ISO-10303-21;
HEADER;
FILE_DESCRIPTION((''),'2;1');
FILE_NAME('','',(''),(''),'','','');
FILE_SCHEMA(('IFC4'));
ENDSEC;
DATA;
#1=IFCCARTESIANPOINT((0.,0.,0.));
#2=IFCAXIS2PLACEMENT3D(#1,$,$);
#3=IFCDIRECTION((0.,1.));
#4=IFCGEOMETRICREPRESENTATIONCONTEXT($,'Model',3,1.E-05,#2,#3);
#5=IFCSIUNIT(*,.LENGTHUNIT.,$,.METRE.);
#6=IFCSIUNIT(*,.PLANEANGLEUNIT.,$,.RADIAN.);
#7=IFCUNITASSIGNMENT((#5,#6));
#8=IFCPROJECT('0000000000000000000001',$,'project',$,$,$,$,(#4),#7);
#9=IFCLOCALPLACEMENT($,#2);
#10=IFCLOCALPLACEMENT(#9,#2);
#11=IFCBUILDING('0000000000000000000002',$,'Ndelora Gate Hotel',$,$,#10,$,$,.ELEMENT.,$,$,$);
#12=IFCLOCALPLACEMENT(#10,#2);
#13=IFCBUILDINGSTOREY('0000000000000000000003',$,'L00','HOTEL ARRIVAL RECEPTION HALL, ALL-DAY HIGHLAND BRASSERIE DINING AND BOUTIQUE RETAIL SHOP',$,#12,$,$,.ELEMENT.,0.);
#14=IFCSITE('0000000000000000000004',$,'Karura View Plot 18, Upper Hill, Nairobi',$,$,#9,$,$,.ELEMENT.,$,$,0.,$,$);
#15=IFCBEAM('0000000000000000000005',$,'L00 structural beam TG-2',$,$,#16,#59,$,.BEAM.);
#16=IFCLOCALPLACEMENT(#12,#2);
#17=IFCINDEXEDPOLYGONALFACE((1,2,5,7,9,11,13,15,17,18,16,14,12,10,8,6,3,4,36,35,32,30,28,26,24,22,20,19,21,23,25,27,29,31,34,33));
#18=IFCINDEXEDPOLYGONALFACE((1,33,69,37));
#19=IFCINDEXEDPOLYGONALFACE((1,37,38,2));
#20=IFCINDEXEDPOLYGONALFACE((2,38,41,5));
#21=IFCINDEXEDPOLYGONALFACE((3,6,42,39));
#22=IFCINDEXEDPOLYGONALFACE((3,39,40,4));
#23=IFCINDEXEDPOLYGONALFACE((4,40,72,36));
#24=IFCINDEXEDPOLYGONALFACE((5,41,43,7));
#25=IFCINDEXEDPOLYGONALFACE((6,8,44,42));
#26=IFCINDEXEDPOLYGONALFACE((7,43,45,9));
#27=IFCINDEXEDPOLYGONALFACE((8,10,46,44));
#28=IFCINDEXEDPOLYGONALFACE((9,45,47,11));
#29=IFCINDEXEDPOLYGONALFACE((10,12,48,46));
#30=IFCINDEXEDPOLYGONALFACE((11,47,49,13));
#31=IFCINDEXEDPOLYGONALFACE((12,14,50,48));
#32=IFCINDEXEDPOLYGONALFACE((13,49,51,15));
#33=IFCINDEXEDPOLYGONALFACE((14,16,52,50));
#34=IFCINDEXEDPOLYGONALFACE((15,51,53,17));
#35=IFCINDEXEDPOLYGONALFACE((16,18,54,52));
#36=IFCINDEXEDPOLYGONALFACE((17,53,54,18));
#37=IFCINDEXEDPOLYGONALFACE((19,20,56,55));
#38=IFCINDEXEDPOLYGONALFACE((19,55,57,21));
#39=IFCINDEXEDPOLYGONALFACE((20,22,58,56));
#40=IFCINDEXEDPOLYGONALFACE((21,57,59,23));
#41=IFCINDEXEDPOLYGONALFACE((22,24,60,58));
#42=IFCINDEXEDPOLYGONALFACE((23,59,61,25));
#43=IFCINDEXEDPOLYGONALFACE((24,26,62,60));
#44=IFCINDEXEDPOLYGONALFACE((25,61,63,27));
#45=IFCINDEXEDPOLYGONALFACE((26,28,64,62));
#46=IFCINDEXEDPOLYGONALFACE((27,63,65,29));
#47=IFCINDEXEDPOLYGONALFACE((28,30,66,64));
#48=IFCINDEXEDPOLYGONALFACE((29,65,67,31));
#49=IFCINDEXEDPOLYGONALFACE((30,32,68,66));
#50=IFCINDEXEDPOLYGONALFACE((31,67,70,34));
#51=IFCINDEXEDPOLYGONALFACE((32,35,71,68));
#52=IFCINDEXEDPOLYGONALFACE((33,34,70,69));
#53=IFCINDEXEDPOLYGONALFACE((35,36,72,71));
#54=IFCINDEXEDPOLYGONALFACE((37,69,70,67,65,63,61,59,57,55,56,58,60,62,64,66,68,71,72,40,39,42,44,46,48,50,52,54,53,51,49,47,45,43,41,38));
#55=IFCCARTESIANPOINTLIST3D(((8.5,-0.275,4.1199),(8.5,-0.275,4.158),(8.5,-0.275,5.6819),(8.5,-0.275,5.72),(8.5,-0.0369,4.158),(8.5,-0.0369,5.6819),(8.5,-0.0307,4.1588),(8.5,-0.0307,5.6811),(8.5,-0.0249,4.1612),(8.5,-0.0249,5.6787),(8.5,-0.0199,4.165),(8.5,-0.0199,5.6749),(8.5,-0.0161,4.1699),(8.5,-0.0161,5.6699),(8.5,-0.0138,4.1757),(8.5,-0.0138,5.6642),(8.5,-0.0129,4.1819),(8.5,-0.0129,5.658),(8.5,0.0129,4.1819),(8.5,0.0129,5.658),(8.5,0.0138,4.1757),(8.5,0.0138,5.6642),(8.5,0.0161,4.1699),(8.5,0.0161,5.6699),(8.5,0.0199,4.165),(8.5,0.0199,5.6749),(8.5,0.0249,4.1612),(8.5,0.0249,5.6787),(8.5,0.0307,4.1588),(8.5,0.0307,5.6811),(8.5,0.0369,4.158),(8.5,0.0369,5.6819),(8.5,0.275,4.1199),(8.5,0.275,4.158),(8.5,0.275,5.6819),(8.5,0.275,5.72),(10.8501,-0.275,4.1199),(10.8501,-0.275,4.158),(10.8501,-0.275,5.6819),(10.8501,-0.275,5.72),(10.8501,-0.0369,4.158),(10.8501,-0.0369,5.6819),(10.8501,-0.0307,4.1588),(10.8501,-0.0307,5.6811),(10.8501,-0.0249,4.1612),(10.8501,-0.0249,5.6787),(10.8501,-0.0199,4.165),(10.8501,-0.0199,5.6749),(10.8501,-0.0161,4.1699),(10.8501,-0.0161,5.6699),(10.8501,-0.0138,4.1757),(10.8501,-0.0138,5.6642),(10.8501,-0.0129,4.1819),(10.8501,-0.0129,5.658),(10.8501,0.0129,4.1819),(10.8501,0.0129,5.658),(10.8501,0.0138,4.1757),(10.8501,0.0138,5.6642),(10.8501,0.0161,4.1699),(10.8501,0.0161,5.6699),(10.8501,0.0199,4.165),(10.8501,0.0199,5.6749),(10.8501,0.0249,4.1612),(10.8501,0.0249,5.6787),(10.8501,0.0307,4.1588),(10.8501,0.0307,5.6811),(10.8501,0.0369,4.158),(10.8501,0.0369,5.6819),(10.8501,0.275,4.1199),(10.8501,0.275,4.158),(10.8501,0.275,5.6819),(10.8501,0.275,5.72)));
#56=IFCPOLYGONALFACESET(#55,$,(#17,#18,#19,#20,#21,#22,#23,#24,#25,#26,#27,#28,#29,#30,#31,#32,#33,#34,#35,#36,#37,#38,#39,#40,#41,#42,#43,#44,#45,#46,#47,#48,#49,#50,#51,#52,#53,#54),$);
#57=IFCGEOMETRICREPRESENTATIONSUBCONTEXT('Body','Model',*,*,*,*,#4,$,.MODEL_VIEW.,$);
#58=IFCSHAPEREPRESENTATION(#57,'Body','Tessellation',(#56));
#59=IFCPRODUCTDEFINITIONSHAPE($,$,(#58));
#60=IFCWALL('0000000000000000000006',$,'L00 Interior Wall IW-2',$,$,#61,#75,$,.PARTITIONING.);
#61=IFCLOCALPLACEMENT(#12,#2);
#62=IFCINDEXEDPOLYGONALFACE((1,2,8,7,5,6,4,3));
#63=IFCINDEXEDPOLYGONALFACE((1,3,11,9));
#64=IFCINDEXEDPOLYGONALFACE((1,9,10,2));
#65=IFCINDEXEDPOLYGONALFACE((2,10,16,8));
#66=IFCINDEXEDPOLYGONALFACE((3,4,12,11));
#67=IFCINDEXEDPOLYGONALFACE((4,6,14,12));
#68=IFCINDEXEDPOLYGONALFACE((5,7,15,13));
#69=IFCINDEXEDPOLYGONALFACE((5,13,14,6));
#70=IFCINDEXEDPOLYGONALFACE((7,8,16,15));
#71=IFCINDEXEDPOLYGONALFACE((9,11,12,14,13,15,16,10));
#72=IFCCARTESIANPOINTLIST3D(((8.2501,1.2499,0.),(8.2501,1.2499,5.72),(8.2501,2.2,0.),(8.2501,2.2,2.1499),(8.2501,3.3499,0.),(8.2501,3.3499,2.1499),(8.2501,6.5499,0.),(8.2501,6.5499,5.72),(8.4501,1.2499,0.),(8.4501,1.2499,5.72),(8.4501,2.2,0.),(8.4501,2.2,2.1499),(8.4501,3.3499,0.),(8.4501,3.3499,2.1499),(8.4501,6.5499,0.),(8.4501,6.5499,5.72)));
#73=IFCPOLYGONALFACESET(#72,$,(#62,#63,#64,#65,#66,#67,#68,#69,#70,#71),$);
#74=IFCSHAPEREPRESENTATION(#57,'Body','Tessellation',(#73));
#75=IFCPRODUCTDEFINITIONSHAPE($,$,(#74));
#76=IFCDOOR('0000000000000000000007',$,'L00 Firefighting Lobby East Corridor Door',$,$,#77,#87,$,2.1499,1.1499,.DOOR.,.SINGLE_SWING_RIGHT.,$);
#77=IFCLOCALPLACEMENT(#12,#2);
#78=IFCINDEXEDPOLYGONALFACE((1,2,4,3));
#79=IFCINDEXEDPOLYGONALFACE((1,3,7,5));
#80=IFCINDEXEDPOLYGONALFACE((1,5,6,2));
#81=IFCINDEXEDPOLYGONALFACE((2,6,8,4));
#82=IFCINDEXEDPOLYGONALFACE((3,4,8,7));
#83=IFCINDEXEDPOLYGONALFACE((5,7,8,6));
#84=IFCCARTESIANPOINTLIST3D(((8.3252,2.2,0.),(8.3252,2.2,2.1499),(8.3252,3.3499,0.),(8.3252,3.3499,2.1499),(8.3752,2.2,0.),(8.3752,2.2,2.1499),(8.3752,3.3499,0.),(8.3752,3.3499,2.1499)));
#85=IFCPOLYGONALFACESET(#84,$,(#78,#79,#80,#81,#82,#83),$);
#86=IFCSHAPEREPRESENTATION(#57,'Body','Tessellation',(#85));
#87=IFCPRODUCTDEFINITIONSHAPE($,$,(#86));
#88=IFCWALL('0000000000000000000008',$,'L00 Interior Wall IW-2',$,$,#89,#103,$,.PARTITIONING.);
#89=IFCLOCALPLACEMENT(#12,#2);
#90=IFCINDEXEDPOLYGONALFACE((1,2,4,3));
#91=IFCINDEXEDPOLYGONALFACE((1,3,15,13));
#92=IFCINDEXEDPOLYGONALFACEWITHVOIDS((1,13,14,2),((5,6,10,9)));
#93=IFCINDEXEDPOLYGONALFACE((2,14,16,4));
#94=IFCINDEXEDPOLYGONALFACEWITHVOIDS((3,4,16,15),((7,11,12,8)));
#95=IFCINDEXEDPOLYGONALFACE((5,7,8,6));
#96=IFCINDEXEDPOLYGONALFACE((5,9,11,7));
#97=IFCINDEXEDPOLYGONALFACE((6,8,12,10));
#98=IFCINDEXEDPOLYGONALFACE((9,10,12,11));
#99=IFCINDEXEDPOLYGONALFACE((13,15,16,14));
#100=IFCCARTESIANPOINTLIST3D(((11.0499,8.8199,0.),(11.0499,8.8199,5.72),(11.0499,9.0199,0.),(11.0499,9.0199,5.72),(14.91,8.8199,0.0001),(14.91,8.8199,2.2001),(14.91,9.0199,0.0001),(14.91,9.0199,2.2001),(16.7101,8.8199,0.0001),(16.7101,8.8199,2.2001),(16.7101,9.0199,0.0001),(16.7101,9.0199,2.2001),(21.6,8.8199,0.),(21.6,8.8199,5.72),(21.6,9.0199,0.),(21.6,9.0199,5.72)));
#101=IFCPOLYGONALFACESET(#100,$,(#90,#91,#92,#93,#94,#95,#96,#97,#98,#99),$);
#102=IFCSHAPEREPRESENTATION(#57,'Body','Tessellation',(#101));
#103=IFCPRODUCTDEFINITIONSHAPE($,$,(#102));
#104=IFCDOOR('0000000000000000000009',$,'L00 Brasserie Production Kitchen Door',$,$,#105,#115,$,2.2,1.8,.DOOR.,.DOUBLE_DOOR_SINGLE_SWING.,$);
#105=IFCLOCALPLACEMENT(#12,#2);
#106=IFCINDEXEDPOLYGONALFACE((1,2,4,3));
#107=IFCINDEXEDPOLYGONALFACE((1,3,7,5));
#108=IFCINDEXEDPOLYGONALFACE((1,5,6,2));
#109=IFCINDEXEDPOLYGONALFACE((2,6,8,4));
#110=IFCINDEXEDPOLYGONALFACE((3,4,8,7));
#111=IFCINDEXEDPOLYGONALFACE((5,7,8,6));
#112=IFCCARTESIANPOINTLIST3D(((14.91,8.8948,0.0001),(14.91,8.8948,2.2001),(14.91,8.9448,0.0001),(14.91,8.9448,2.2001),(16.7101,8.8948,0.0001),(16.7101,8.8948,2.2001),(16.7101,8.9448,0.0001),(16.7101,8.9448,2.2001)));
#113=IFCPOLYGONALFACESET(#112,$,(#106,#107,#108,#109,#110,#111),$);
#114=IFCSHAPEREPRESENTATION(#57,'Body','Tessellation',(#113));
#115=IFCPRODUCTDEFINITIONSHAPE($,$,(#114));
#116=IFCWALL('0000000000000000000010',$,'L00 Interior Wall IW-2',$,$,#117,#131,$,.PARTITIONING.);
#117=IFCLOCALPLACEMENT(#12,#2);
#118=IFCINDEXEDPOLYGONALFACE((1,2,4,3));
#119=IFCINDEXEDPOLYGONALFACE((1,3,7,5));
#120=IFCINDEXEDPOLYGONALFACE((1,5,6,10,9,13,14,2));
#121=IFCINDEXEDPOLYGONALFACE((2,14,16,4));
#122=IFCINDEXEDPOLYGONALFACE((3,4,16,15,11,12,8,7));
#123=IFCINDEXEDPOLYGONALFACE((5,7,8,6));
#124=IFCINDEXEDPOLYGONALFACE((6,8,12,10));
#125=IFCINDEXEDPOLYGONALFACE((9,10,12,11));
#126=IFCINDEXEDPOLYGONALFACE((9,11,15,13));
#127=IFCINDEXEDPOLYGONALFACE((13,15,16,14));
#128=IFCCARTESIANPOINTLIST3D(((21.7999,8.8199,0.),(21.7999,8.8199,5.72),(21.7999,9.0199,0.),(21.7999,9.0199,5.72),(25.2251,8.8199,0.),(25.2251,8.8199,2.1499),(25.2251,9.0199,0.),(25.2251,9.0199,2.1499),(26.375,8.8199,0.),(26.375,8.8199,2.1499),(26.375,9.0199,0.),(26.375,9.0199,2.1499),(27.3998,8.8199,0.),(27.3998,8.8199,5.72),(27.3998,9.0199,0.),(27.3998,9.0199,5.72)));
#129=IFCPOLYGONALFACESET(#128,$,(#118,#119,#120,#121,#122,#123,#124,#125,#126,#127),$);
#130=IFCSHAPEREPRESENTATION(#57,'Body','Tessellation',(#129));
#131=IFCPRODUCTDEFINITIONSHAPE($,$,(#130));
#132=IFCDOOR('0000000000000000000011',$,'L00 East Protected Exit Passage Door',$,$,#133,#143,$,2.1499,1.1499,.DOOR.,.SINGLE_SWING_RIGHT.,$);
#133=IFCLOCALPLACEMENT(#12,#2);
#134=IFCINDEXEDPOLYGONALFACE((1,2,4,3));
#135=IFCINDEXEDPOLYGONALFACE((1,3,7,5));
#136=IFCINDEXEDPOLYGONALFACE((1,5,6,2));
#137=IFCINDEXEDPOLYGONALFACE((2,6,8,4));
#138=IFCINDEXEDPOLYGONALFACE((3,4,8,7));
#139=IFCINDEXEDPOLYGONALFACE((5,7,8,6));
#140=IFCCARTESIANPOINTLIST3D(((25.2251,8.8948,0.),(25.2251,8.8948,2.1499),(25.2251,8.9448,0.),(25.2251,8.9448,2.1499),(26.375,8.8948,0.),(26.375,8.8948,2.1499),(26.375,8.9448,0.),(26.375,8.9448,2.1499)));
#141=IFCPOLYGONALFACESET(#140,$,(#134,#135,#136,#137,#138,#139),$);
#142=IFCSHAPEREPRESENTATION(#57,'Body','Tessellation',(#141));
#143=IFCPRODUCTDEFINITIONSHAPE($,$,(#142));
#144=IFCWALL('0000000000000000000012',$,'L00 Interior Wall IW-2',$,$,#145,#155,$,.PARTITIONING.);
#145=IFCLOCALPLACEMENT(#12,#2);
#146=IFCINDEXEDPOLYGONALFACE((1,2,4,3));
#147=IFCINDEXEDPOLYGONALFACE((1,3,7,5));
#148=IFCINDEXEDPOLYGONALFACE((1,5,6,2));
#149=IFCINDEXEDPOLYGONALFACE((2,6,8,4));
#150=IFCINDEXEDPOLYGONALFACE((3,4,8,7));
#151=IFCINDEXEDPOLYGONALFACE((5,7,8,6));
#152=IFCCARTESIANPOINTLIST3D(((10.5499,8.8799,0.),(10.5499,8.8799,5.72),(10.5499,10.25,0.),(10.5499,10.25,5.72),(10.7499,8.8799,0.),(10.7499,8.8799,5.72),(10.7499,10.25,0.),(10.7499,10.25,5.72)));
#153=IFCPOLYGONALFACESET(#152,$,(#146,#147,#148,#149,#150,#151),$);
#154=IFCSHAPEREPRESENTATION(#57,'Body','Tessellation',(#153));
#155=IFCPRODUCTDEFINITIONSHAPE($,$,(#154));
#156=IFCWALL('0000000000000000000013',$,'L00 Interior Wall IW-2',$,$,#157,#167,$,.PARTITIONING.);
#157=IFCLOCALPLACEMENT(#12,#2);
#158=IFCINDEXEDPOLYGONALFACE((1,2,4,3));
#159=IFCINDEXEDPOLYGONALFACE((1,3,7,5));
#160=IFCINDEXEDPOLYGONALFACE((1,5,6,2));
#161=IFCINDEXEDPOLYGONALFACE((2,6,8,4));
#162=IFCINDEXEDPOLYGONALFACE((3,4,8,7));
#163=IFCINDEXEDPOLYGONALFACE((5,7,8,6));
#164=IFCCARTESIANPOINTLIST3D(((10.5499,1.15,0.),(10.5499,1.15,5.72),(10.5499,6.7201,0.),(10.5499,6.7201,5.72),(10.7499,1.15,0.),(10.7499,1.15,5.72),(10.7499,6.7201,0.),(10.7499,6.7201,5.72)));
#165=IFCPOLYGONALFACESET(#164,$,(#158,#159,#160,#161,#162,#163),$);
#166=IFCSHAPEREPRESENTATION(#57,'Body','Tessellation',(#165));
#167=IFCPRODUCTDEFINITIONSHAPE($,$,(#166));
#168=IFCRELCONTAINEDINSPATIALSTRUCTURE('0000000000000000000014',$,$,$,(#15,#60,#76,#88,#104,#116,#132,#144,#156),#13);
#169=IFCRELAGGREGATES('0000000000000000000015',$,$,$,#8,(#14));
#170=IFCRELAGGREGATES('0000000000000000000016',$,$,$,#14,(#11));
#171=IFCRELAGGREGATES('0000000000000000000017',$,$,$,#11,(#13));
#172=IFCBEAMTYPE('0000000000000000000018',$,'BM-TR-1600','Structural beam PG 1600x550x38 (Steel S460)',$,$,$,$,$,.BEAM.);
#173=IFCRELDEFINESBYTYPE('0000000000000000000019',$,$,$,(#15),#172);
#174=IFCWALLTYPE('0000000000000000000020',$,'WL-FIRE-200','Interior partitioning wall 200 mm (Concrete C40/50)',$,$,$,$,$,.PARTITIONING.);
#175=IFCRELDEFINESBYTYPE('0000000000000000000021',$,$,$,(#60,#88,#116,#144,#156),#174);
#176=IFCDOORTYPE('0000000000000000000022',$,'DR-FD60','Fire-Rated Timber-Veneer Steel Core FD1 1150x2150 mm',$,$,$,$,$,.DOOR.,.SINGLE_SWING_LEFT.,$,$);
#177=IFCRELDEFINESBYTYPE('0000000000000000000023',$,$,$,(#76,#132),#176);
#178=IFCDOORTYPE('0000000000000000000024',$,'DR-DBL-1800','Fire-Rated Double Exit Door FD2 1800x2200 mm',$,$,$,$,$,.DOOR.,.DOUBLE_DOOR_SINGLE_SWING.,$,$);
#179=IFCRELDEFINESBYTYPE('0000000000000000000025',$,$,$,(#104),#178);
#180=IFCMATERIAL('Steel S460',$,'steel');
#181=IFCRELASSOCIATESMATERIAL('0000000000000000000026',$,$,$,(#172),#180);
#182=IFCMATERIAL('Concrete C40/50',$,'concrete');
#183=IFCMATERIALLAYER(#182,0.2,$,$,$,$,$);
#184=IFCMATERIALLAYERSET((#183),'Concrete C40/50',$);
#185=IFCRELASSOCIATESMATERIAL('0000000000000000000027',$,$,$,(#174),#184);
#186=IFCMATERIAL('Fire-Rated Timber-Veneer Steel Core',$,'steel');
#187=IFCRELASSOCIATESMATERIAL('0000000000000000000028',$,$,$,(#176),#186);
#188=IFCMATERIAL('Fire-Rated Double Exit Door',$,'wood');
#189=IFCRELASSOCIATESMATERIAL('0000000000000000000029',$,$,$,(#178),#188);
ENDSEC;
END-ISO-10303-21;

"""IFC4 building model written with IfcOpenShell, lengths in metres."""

from ifc_helpers import new_model, si_unit, direction, frame, frame_2d, origin, origin_2d, place, context, subcontext, project, spatial, rectangle, i_section, extrude, material, layer, layer_set, material_profile, profile_set, type_object, element, fill, save


model = new_model("IFC4")

# Units and contexts
model_context = context("Model", 3, precision=1e-05, world=origin(), true_north=direction((0.0, 1.0)))
body_context = subcontext(model_context, "Body", "Model", "MODEL_VIEW")
ifc_project = project(units=[si_unit("LENGTHUNIT", "METRE"), si_unit("PLANEANGLEUNIT", "RADIAN")], contexts=[model_context])

# Site, building, storey
site_placement = place(None, origin())
site = spatial("IfcSite", under=ifc_project, at=site_placement, Name="Karura View Plot 18, Upper Hill, Nairobi", CompositionType="ELEMENT", RefElevation=0.0)
building_placement = place(site_placement, origin())
building = spatial("IfcBuilding", under=site, at=building_placement, Name="Ndelora Gate Hotel", CompositionType="ELEMENT")
storey_placement = place(building_placement, origin())
storey = spatial("IfcBuildingStorey", under=building, at=storey_placement, Name="L00", Description="HOTEL ARRIVAL RECEPTION HALL, ALL-DAY HIGHLAND BRASSERIE DINING AND BOUTIQUE RETAIL SHOP", CompositionType="ELEMENT", Elevation=0.0)

# Beam
ifc_material_1 = material(Name="Steel S460", Category="steel")
ifc_material_profile_1 = material_profile(ifc_material_1, i_section(OverallWidth=0.55, OverallDepth=1.6001, WebThickness=0.0259, FlangeThickness=0.0381, FilletRadius=0.0239, at=origin_2d()), Name="PG 1600x550x38")
ifc_profile_set_1 = profile_set([ifc_material_profile_1], Name="Steel S460")
beam_type_1 = type_object("IfcBeamType", Name="BM-TR-1600", Description="Structural beam PG 1600x550x38 (Steel S460)", PredefinedType="BEAM", material=ifc_profile_set_1)
beam_1_placement = place(storey_placement, frame((8.5, 0.0, 4.9199), z_axis=(1.0, 0.0, 0.0), x_axis=(0.0, 1.0, 0.0)))
element("IfcBeam", 1, at=beam_1_placement, inside=storey, type_object=beam_type_1, Name="L00 structural beam TG-2", PredefinedType="BEAM", context=body_context, shape_type="SweptSolid", body=[
    extrude(i_section(OverallWidth=0.55, OverallDepth=1.6001, WebThickness=0.0259, FlangeThickness=0.0381, FilletRadius=0.0239, at=origin_2d()), origin(), (0.0, 0.0, 1.0), 2.3501),
])

# Walls, openings, doors
ifc_material_2 = material(Name="Concrete C40/50", Category="concrete")
ifc_layer_1 = layer(ifc_material_2, 0.2)
ifc_layer_set_1 = layer_set([ifc_layer_1], Name="Concrete C40/50")
wall_type_1 = type_object("IfcWallType", Name="WL-FIRE-200", Description="Interior partitioning wall 200 mm (Concrete C40/50)", PredefinedType="PARTITIONING", material=ifc_layer_set_1)
wall_1_placement = place(storey_placement, frame((8.3501, 1.25, 0.0), z_axis=(0.0, 0.0, 1.0), x_axis=(0.0, 1.0, 0.0)))
wall_1 = element("IfcWall", 2, at=wall_1_placement, inside=storey, type_object=wall_type_1, Name="L00 Interior Wall IW-2", PredefinedType="PARTITIONING", context=body_context, shape_type="SweptSolid", body=[
    extrude(rectangle(XDim=5.3, YDim=0.2, at=frame_2d((2.6499, 0.0))), origin(), (0.0, 0.0, 1.0), 5.72),
])
opening_1_placement = place(wall_1_placement, frame((0.95, 0.0, 0.0)))
opening_1 = element("IfcOpeningElement", 3, at=opening_1_placement, cuts=wall_1, PredefinedType="OPENING", context=body_context, shape_type="SweptSolid", body=[
    extrude(rectangle(XDim=1.1499, YDim=2.1499, at=frame_2d((0.575, 1.075))), frame((0.0, 0.1099, 0.0), z_axis=(0.0, -1.0, 0.0), x_axis=(1.0, 0.0, 0.0)), (0.0, 0.0, 1.0), 0.22),
])
ifc_material_3 = material(Name="Fire-Rated Timber-Veneer Steel Core", Category="steel")
door_type_1 = type_object("IfcDoorType", Name="DR-FD60", Description="Fire-Rated Timber-Veneer Steel Core FD1 1150x2150 mm", OperationType="SINGLE_SWING_LEFT", PredefinedType="DOOR", material=ifc_material_3)
door_1_placement = place(opening_1_placement, origin())
door_1 = element("IfcDoor", 4, at=door_1_placement, inside=storey, type_object=door_type_1, Name="L00 Firefighting Lobby East Corridor Door", OperationType="SINGLE_SWING_RIGHT", OverallHeight=2.1499, OverallWidth=1.1499, PredefinedType="DOOR", context=body_context, shape_type="SweptSolid", body=[
    extrude(rectangle(XDim=1.1499, YDim=2.1499, at=frame_2d((0.575, 1.075))), frame((0.0, 0.0249, 0.0), z_axis=(0.0, -1.0, 0.0), x_axis=(1.0, 0.0, 0.0)), (0.0, 0.0, 1.0), 0.05),
])
fill(opening_1, door_1)
wall_2_placement = place(storey_placement, frame((11.05, 8.9199, 0.0), z_axis=(0.0, 0.0, 1.0), x_axis=(1.0, 0.0, 0.0)))
wall_2 = element("IfcWall", 5, at=wall_2_placement, inside=storey, type_object=wall_type_1, Name="L00 Interior Wall IW-2", PredefinedType="PARTITIONING", context=body_context, shape_type="SweptSolid", body=[
    extrude(rectangle(XDim=10.55, YDim=0.2, at=frame_2d((5.2749, 0.0))), origin(), (0.0, 0.0, 1.0), 5.72),
])
opening_2_placement = place(wall_2_placement, frame((3.8601, 0.0, 0.0)))
opening_2 = element("IfcOpeningElement", 6, at=opening_2_placement, cuts=wall_2, PredefinedType="OPENING", context=body_context, shape_type="SweptSolid", body=[
    extrude(rectangle(XDim=1.8, YDim=2.2, at=frame_2d((0.8999, 1.1001))), frame((0.0, 0.1099, 0.0), z_axis=(0.0, -1.0, 0.0), x_axis=(1.0, 0.0, 0.0)), (0.0, 0.0, 1.0), 0.22),
])
ifc_material_4 = material(Name="Fire-Rated Double Exit Door", Category="wood")
door_type_2 = type_object("IfcDoorType", Name="DR-DBL-1800", Description="Fire-Rated Double Exit Door FD2 1800x2200 mm", OperationType="DOUBLE_DOOR_SINGLE_SWING", PredefinedType="DOOR", material=ifc_material_4)
door_2_placement = place(opening_2_placement, origin())
door_2 = element("IfcDoor", 7, at=door_2_placement, inside=storey, type_object=door_type_2, Name="L00 Brasserie Production Kitchen Door", OperationType="DOUBLE_DOOR_SINGLE_SWING", OverallHeight=2.2, OverallWidth=1.8, PredefinedType="DOOR", context=body_context, shape_type="SweptSolid", body=[
    extrude(rectangle(XDim=1.8, YDim=2.2, at=frame_2d((0.8999, 1.1001))), frame((0.0, 0.0249, 0.0), z_axis=(0.0, -1.0, 0.0), x_axis=(1.0, 0.0, 0.0)), (0.0, 0.0, 1.0), 0.05),
])
fill(opening_2, door_2)
wall_3_placement = place(storey_placement, frame((21.8, 8.9199, 0.0), z_axis=(0.0, 0.0, 1.0), x_axis=(1.0, 0.0, 0.0)))
wall_3 = element("IfcWall", 8, at=wall_3_placement, inside=storey, type_object=wall_type_1, Name="L00 Interior Wall IW-2", PredefinedType="PARTITIONING", context=body_context, shape_type="SweptSolid", body=[
    extrude(rectangle(XDim=5.5999, YDim=0.2, at=frame_2d((2.7998, 0.0))), origin(), (0.0, 0.0, 1.0), 5.72),
])
opening_3_placement = place(wall_3_placement, frame((3.425, 0.0, 0.0)))
opening_3 = element("IfcOpeningElement", 9, at=opening_3_placement, cuts=wall_3, PredefinedType="OPENING", context=body_context, shape_type="SweptSolid", body=[
    extrude(rectangle(XDim=1.1499, YDim=2.1499, at=frame_2d((0.575, 1.075))), frame((0.0, 0.1099, 0.0), z_axis=(0.0, -1.0, 0.0), x_axis=(1.0, 0.0, 0.0)), (0.0, 0.0, 1.0), 0.22),
])
door_3_placement = place(opening_3_placement, origin())
door_3 = element("IfcDoor", 10, at=door_3_placement, inside=storey, type_object=door_type_1, Name="L00 East Protected Exit Passage Door", OperationType="SINGLE_SWING_RIGHT", OverallHeight=2.1499, OverallWidth=1.1499, PredefinedType="DOOR", context=body_context, shape_type="SweptSolid", body=[
    extrude(rectangle(XDim=1.1499, YDim=2.1499, at=frame_2d((0.575, 1.075))), frame((0.0, 0.0249, 0.0), z_axis=(0.0, -1.0, 0.0), x_axis=(1.0, 0.0, 0.0)), (0.0, 0.0, 1.0), 0.05),
])
fill(opening_3, door_3)

# Walls
wall_4_placement = place(storey_placement, frame((10.6499, 8.8799, 0.0), z_axis=(0.0, 0.0, 1.0), x_axis=(0.0, 1.0, 0.0)))
element("IfcWall", 11, at=wall_4_placement, inside=storey, type_object=wall_type_1, Name="L00 Interior Wall IW-2", PredefinedType="PARTITIONING", context=body_context, shape_type="SweptSolid", body=[
    extrude(rectangle(XDim=1.3701, YDim=0.2, at=frame_2d((0.6851, 0.0))), origin(), (0.0, 0.0, 1.0), 5.72),
])
wall_5_placement = place(storey_placement, frame((10.6499, 1.1499, 0.0), z_axis=(0.0, 0.0, 1.0), x_axis=(0.0, 1.0, 0.0)))
element("IfcWall", 12, at=wall_5_placement, inside=storey, type_object=wall_type_1, Name="L00 Interior Wall IW-2", PredefinedType="PARTITIONING", context=body_context, shape_type="SweptSolid", body=[
    extrude(rectangle(XDim=5.5701, YDim=0.2, at=frame_2d((2.7852, 0.0))), origin(), (0.0, 0.0, 1.0), 5.72),
])

save(model, "model.ifc")
